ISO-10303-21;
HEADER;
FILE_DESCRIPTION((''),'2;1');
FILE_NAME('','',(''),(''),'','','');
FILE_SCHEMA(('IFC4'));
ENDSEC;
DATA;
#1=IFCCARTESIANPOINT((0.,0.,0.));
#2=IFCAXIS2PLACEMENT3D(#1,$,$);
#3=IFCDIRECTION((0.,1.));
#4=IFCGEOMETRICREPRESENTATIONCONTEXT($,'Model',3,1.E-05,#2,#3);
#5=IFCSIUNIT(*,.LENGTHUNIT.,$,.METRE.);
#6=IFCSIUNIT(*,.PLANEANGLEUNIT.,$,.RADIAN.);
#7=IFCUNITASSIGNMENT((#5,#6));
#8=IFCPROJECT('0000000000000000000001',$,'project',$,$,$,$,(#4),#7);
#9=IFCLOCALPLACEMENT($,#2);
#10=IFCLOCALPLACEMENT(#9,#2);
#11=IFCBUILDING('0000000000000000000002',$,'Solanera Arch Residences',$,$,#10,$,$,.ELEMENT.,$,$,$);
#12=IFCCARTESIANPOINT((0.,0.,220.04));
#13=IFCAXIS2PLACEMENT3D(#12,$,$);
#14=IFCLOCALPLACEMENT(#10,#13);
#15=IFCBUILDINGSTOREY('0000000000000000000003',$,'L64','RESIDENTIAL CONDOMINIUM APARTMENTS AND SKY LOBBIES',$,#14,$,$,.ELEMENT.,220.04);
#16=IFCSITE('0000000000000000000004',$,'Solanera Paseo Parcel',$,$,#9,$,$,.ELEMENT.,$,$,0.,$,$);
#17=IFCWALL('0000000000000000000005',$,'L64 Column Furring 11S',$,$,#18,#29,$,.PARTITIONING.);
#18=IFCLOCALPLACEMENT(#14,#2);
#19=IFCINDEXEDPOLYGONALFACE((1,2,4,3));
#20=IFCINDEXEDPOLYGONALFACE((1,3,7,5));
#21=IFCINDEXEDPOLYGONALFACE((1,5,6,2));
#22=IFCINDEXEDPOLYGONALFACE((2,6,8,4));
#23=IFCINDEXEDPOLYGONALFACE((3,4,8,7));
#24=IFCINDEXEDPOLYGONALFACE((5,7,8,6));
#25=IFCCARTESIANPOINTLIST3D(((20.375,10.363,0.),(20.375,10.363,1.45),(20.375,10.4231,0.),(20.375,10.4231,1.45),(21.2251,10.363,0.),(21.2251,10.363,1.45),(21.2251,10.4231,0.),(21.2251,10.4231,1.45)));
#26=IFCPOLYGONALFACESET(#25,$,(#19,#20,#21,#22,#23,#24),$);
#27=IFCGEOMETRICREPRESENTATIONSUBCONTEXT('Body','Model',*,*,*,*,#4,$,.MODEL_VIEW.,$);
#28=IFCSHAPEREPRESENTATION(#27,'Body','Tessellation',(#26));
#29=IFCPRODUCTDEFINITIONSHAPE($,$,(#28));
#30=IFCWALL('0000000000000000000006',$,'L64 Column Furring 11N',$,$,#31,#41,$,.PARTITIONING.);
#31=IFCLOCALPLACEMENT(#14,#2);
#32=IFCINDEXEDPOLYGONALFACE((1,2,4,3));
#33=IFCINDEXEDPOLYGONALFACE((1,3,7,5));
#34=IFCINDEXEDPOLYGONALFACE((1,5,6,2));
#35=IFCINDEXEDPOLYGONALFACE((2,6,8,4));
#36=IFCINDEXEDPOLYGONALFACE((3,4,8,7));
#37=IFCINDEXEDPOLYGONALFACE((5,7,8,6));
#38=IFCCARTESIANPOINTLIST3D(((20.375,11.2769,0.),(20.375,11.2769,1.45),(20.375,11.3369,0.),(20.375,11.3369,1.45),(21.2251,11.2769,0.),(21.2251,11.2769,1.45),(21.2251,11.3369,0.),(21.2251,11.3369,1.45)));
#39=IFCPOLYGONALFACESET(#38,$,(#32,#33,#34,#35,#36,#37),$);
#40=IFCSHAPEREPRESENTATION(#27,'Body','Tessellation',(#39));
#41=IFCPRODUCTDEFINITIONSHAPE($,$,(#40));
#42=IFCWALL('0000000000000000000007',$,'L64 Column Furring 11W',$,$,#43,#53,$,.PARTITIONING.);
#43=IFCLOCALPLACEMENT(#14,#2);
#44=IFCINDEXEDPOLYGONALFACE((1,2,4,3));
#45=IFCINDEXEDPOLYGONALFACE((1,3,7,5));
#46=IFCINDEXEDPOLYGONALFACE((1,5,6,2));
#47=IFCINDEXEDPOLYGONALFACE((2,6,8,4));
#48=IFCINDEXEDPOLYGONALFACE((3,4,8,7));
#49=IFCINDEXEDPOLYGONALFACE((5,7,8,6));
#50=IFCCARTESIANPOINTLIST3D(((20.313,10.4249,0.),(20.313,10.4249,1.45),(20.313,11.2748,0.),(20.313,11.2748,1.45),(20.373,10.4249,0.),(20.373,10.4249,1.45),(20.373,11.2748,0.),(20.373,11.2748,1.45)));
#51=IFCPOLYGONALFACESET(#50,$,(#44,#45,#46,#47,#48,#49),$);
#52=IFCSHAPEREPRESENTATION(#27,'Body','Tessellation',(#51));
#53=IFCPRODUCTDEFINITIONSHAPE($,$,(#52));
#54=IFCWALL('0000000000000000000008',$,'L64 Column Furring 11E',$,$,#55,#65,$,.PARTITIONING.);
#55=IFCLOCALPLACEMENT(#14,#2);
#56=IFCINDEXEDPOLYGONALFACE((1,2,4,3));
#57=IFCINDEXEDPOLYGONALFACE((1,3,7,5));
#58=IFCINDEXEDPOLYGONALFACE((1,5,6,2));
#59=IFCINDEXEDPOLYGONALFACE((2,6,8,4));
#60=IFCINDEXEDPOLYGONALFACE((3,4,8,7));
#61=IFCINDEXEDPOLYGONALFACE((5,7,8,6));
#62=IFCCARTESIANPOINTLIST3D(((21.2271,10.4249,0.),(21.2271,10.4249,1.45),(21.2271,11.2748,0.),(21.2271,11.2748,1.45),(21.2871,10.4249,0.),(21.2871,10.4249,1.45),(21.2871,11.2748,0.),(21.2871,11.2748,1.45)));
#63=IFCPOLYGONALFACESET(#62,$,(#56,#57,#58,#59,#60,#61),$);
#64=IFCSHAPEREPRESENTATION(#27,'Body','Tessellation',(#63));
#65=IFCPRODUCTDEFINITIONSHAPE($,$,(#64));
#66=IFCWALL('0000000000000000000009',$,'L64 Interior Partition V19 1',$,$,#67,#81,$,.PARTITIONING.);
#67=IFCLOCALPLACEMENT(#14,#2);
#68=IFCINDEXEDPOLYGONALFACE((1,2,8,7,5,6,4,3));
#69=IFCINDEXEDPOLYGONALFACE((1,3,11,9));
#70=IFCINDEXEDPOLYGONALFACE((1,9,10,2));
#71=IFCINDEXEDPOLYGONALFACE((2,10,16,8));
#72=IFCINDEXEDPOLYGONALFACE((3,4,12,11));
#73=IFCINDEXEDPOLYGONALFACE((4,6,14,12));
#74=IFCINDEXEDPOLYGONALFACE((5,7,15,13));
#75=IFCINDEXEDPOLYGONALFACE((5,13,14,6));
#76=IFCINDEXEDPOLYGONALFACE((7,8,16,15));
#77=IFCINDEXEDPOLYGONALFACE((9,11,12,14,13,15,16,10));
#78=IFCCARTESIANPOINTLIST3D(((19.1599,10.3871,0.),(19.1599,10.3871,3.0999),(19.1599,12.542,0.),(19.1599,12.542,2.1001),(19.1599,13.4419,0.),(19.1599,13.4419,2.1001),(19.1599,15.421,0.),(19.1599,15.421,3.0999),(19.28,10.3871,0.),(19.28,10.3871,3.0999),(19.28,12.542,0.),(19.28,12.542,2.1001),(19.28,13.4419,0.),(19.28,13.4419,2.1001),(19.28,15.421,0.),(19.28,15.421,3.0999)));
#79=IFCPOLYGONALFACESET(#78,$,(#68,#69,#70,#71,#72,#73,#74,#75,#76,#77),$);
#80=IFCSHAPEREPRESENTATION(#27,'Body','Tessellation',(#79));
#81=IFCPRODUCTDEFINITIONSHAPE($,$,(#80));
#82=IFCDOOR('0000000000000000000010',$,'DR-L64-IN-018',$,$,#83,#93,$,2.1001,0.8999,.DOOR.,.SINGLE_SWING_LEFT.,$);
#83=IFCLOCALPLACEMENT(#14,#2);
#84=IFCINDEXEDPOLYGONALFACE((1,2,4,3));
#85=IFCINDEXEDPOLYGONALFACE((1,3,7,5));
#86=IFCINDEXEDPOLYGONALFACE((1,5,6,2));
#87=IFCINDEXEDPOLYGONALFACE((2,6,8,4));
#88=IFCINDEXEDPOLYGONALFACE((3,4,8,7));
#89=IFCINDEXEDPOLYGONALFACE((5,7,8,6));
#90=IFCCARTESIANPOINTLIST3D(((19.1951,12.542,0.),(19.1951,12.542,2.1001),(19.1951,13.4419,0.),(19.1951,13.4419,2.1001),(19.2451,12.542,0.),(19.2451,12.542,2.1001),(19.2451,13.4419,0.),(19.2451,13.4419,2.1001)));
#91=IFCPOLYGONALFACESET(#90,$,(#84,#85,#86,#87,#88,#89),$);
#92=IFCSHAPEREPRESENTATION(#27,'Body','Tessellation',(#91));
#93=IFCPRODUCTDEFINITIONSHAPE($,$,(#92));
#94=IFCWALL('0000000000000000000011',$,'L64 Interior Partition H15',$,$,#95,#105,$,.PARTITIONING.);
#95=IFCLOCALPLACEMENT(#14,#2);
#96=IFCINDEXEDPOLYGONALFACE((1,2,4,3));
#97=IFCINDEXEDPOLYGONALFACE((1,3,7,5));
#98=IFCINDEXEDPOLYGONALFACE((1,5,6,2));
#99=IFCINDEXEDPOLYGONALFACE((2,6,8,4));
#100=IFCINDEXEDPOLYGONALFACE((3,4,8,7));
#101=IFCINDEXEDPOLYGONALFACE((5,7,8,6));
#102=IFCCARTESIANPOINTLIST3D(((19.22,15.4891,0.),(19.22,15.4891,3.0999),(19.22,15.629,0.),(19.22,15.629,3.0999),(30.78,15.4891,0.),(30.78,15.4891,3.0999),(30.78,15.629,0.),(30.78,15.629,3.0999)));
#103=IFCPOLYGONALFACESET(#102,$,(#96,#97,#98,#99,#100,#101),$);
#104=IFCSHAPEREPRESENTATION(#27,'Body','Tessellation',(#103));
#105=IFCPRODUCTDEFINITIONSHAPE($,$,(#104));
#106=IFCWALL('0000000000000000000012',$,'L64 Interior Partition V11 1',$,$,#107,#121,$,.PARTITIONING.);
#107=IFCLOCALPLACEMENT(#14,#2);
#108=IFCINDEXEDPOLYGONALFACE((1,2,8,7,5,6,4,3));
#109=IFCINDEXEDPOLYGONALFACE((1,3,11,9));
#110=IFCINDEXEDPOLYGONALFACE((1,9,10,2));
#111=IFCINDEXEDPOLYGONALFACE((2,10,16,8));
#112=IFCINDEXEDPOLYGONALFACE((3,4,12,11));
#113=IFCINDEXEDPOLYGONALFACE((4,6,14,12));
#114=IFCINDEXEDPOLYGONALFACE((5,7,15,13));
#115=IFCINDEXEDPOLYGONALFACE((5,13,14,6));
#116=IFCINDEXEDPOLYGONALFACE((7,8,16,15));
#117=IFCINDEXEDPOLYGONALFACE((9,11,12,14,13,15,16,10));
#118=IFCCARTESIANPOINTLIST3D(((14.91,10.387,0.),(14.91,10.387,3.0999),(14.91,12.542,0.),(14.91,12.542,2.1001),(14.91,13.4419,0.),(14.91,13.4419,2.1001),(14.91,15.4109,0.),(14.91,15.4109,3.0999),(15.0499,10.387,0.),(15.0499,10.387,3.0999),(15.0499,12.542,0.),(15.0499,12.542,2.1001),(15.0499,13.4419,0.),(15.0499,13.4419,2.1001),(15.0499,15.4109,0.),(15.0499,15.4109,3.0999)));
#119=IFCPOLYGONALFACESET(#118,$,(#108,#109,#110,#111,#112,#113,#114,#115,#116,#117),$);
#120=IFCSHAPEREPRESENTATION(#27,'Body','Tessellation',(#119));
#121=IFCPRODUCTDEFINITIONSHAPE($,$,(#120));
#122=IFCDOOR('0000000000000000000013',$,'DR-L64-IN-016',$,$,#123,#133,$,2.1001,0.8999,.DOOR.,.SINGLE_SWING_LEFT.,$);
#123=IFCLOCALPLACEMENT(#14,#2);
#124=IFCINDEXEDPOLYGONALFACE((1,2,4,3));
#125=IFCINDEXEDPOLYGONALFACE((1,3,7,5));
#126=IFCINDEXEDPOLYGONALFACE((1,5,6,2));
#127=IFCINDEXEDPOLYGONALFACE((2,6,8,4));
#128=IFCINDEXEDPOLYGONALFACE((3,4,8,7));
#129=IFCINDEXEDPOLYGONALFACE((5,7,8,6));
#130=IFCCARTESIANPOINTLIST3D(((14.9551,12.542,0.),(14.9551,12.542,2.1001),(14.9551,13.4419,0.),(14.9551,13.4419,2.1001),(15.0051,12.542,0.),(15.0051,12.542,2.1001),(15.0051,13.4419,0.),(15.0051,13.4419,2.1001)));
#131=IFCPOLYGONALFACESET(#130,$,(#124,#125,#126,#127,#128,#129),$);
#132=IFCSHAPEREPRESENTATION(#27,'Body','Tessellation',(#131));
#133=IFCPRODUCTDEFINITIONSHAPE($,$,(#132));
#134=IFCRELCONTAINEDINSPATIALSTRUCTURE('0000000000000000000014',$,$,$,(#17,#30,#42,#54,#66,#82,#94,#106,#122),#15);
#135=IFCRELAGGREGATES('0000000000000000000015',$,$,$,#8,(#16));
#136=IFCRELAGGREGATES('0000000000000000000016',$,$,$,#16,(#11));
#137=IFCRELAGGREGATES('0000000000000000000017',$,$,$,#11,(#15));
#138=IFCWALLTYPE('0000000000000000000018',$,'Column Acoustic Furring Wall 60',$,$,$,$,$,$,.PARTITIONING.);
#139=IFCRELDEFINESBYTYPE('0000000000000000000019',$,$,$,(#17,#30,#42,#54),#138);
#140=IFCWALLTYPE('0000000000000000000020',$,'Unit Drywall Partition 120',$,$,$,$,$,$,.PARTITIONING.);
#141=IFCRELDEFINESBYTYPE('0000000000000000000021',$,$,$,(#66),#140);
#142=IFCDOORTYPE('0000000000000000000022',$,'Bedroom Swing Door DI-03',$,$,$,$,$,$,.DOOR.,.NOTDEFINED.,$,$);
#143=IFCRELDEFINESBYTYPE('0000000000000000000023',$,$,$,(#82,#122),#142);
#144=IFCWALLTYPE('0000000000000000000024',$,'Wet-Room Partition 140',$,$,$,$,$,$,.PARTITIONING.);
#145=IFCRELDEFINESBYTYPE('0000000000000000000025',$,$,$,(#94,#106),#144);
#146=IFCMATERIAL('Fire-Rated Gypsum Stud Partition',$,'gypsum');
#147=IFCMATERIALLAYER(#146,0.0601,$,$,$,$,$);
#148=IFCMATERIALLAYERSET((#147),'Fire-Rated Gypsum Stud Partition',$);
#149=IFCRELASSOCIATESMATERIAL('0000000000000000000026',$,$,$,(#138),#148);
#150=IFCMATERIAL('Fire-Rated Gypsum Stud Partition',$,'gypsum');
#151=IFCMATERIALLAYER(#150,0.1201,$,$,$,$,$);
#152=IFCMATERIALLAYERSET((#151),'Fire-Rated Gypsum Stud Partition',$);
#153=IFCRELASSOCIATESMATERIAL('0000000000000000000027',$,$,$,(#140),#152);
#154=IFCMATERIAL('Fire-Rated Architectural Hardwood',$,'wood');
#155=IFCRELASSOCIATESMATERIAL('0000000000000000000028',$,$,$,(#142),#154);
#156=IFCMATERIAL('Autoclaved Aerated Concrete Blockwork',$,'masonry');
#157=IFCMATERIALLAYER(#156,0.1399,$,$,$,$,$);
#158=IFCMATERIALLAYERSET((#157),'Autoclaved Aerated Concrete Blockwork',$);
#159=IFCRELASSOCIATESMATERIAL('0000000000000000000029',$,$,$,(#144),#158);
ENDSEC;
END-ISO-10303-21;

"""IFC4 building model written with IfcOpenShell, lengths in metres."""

from ifc_helpers import new_model, si_unit, direction, frame, frame_2d, origin, place, context, subcontext, project, spatial, rectangle, extrude, material, layer, layer_set, type_object, element, fill, save


model = new_model("IFC4")

# Units and contexts
model_context = context("Model", 3, precision=1e-05, world=origin(), true_north=direction((0.0, 1.0)))
body_context = subcontext(model_context, "Body", "Model", "MODEL_VIEW")
ifc_project = project(units=[si_unit("LENGTHUNIT", "METRE"), si_unit("PLANEANGLEUNIT", "RADIAN")], contexts=[model_context])

# Site, building, storey
site_placement = place(None, origin())
site = spatial("IfcSite", under=ifc_project, at=site_placement, Name="Solanera Paseo Parcel", CompositionType="ELEMENT", RefElevation=0.0)
building_placement = place(site_placement, origin())
building = spatial("IfcBuilding", under=site, at=building_placement, Name="Solanera Arch Residences", CompositionType="ELEMENT")
storey_placement = place(building_placement, frame((0.0, 0.0, 220.04)))
storey = spatial("IfcBuildingStorey", under=building, at=storey_placement, Name="L64", Description="RESIDENTIAL CONDOMINIUM APARTMENTS AND SKY LOBBIES", CompositionType="ELEMENT", Elevation=220.04)

# Walls
ifc_material_1 = material(Name="Fire-Rated Gypsum Stud Partition", Category="gypsum")
ifc_layer_1 = layer(ifc_material_1, 0.0601)
ifc_layer_set_1 = layer_set([ifc_layer_1], Name="Fire-Rated Gypsum Stud Partition")
wall_type_1 = type_object("IfcWallType", Name="Column Acoustic Furring Wall 60", PredefinedType="PARTITIONING", material=ifc_layer_set_1)
for number, where, z_axis, x_axis, name in (
    (1, (20.375, 10.3931, 0.0), (0.0, 0.0, 1.0), (1.0, 0.0, 0.0), "L64 Column Furring 11S"),
    (2, (20.375, 11.3069, 0.0), (0.0, 0.0, 1.0), (1.0, 0.0, 0.0), "L64 Column Furring 11N"),
):
    element("IfcWall", number, at=place(storey_placement, frame(where, z_axis=z_axis, x_axis=x_axis)), inside=storey, type_object=wall_type_1, Name=name, PredefinedType="PARTITIONING", context=body_context, shape_type="SweptSolid", body=[
        extrude(rectangle(XDim=0.8501, YDim=0.0601, at=frame_2d((0.425, 0.0))), origin(), (0.0, 0.0, 1.0), 1.45),
    ])
for number, where, z_axis, x_axis, name in (
    (3, (20.343, 10.425, 0.0), (0.0, 0.0, 1.0), (0.0, 1.0, 0.0), "L64 Column Furring 11W"),
    (4, (21.2571, 10.425, 0.0), (0.0, 0.0, 1.0), (0.0, 1.0, 0.0), "L64 Column Furring 11E"),
):
    element("IfcWall", number, at=place(storey_placement, frame(where, z_axis=z_axis, x_axis=x_axis)), inside=storey, type_object=wall_type_1, Name=name, PredefinedType="PARTITIONING", context=body_context, shape_type="SweptSolid", body=[
        extrude(rectangle(XDim=0.8499, YDim=0.0601, at=frame_2d((0.4248, 0.0))), origin(), (0.0, 0.0, 1.0), 1.45),
    ])

# Wall, opening, door
ifc_material_2 = material(Name="Fire-Rated Gypsum Stud Partition", Category="gypsum")
ifc_layer_2 = layer(ifc_material_2, 0.1201)
ifc_layer_set_2 = layer_set([ifc_layer_2], Name="Fire-Rated Gypsum Stud Partition")
wall_type_2 = type_object("IfcWallType", Name="Unit Drywall Partition 120", PredefinedType="PARTITIONING", material=ifc_layer_set_2)
wall_1_placement = place(storey_placement, frame((19.22, 10.387, 0.0), z_axis=(0.0, 0.0, 1.0), x_axis=(0.0, 1.0, 0.0)))
wall_1 = element("IfcWall", 5, at=wall_1_placement, inside=storey, type_object=wall_type_2, Name="L64 Interior Partition V19 1", PredefinedType="PARTITIONING", context=body_context, shape_type="SweptSolid", body=[
    extrude(rectangle(XDim=5.0339, YDim=0.1201, at=frame_2d((2.5171, 0.0))), origin(), (0.0, 0.0, 1.0), 3.0999),
])
opening_1_placement = place(wall_1_placement, frame((2.155, 0.0, 0.0)))
opening_1 = element("IfcOpeningElement", 6, at=opening_1_placement, cuts=wall_1, PredefinedType="OPENING", context=body_context, shape_type="SweptSolid", body=[
    extrude(rectangle(XDim=0.8999, YDim=2.1001, at=frame_2d((0.45, 1.05))), frame((0.0, 0.0701, 0.0), z_axis=(0.0, -1.0, 0.0), x_axis=(1.0, 0.0, 0.0)), (0.0, 0.0, 1.0), 0.1401),
])
ifc_material_3 = material(Name="Fire-Rated Architectural Hardwood", Category="wood")
door_type = type_object("IfcDoorType", Name="Bedroom Swing Door DI-03", OperationType="NOTDEFINED", PredefinedType="DOOR", material=ifc_material_3)
door_1_placement = place(opening_1_placement, origin())
door_1 = element("IfcDoor", 7, at=door_1_placement, inside=storey, type_object=door_type, Name="DR-L64-IN-018", OperationType="SINGLE_SWING_LEFT", OverallHeight=2.1001, OverallWidth=0.8999, PredefinedType="DOOR", context=body_context, shape_type="SweptSolid", body=[
    extrude(rectangle(XDim=0.8999, YDim=2.1001, at=frame_2d((0.45, 1.05))), frame((0.0, 0.0249, 0.0), z_axis=(0.0, -1.0, 0.0), x_axis=(1.0, 0.0, 0.0)), (0.0, 0.0, 1.0), 0.05),
])
fill(opening_1, door_1)

# Wall
ifc_material_4 = material(Name="Autoclaved Aerated Concrete Blockwork", Category="masonry")
ifc_layer_3 = layer(ifc_material_4, 0.1399)
ifc_layer_set_3 = layer_set([ifc_layer_3], Name="Autoclaved Aerated Concrete Blockwork")
wall_type_3 = type_object("IfcWallType", Name="Wet-Room Partition 140", PredefinedType="PARTITIONING", material=ifc_layer_set_3)
wall_2_placement = place(storey_placement, frame((19.22, 15.5591, 0.0), z_axis=(0.0, 0.0, 1.0), x_axis=(1.0, 0.0, 0.0)))
element("IfcWall", 8, at=wall_2_placement, inside=storey, type_object=wall_type_3, Name="L64 Interior Partition H15", PredefinedType="PARTITIONING", context=body_context, shape_type="SweptSolid", body=[
    extrude(rectangle(XDim=11.5601, YDim=0.1399, at=frame_2d((5.78, 0.0))), origin(), (0.0, 0.0, 1.0), 3.0999),
])

# Wall, opening, door
wall_3_placement = place(storey_placement, frame((14.98, 10.387, 0.0), z_axis=(0.0, 0.0, 1.0), x_axis=(0.0, 1.0, 0.0)))
wall_3 = element("IfcWall", 9, at=wall_3_placement, inside=storey, type_object=wall_type_3, Name="L64 Interior Partition V11 1", PredefinedType="PARTITIONING", context=body_context, shape_type="SweptSolid", body=[
    extrude(rectangle(XDim=5.0239, YDim=0.1399, at=frame_2d((2.512, 0.0))), origin(), (0.0, 0.0, 1.0), 3.0999),
])
opening_2_placement = place(wall_3_placement, frame((2.155, 0.0, 0.0)))
opening_2 = element("IfcOpeningElement", 10, at=opening_2_placement, cuts=wall_3, PredefinedType="OPENING", context=body_context, shape_type="SweptSolid", body=[
    extrude(rectangle(XDim=0.8999, YDim=2.1001, at=frame_2d((0.45, 1.05))), frame((0.0, 0.0798, 0.0), z_axis=(0.0, -1.0, 0.0), x_axis=(1.0, 0.0, 0.0)), (0.0, 0.0, 1.0), 0.1599),
])
door_2_placement = place(opening_2_placement, origin())
door_2 = element("IfcDoor", 11, at=door_2_placement, inside=storey, type_object=door_type, Name="DR-L64-IN-016", OperationType="SINGLE_SWING_LEFT", OverallHeight=2.1001, OverallWidth=0.8999, PredefinedType="DOOR", context=body_context, shape_type="SweptSolid", body=[
    extrude(rectangle(XDim=0.8999, YDim=2.1001, at=frame_2d((0.45, 1.05))), frame((0.0, 0.0249, 0.0), z_axis=(0.0, -1.0, 0.0), x_axis=(1.0, 0.0, 0.0)), (0.0, 0.0, 1.0), 0.05),
])
fill(opening_2, door_2)

save(model, "model.ifc")
